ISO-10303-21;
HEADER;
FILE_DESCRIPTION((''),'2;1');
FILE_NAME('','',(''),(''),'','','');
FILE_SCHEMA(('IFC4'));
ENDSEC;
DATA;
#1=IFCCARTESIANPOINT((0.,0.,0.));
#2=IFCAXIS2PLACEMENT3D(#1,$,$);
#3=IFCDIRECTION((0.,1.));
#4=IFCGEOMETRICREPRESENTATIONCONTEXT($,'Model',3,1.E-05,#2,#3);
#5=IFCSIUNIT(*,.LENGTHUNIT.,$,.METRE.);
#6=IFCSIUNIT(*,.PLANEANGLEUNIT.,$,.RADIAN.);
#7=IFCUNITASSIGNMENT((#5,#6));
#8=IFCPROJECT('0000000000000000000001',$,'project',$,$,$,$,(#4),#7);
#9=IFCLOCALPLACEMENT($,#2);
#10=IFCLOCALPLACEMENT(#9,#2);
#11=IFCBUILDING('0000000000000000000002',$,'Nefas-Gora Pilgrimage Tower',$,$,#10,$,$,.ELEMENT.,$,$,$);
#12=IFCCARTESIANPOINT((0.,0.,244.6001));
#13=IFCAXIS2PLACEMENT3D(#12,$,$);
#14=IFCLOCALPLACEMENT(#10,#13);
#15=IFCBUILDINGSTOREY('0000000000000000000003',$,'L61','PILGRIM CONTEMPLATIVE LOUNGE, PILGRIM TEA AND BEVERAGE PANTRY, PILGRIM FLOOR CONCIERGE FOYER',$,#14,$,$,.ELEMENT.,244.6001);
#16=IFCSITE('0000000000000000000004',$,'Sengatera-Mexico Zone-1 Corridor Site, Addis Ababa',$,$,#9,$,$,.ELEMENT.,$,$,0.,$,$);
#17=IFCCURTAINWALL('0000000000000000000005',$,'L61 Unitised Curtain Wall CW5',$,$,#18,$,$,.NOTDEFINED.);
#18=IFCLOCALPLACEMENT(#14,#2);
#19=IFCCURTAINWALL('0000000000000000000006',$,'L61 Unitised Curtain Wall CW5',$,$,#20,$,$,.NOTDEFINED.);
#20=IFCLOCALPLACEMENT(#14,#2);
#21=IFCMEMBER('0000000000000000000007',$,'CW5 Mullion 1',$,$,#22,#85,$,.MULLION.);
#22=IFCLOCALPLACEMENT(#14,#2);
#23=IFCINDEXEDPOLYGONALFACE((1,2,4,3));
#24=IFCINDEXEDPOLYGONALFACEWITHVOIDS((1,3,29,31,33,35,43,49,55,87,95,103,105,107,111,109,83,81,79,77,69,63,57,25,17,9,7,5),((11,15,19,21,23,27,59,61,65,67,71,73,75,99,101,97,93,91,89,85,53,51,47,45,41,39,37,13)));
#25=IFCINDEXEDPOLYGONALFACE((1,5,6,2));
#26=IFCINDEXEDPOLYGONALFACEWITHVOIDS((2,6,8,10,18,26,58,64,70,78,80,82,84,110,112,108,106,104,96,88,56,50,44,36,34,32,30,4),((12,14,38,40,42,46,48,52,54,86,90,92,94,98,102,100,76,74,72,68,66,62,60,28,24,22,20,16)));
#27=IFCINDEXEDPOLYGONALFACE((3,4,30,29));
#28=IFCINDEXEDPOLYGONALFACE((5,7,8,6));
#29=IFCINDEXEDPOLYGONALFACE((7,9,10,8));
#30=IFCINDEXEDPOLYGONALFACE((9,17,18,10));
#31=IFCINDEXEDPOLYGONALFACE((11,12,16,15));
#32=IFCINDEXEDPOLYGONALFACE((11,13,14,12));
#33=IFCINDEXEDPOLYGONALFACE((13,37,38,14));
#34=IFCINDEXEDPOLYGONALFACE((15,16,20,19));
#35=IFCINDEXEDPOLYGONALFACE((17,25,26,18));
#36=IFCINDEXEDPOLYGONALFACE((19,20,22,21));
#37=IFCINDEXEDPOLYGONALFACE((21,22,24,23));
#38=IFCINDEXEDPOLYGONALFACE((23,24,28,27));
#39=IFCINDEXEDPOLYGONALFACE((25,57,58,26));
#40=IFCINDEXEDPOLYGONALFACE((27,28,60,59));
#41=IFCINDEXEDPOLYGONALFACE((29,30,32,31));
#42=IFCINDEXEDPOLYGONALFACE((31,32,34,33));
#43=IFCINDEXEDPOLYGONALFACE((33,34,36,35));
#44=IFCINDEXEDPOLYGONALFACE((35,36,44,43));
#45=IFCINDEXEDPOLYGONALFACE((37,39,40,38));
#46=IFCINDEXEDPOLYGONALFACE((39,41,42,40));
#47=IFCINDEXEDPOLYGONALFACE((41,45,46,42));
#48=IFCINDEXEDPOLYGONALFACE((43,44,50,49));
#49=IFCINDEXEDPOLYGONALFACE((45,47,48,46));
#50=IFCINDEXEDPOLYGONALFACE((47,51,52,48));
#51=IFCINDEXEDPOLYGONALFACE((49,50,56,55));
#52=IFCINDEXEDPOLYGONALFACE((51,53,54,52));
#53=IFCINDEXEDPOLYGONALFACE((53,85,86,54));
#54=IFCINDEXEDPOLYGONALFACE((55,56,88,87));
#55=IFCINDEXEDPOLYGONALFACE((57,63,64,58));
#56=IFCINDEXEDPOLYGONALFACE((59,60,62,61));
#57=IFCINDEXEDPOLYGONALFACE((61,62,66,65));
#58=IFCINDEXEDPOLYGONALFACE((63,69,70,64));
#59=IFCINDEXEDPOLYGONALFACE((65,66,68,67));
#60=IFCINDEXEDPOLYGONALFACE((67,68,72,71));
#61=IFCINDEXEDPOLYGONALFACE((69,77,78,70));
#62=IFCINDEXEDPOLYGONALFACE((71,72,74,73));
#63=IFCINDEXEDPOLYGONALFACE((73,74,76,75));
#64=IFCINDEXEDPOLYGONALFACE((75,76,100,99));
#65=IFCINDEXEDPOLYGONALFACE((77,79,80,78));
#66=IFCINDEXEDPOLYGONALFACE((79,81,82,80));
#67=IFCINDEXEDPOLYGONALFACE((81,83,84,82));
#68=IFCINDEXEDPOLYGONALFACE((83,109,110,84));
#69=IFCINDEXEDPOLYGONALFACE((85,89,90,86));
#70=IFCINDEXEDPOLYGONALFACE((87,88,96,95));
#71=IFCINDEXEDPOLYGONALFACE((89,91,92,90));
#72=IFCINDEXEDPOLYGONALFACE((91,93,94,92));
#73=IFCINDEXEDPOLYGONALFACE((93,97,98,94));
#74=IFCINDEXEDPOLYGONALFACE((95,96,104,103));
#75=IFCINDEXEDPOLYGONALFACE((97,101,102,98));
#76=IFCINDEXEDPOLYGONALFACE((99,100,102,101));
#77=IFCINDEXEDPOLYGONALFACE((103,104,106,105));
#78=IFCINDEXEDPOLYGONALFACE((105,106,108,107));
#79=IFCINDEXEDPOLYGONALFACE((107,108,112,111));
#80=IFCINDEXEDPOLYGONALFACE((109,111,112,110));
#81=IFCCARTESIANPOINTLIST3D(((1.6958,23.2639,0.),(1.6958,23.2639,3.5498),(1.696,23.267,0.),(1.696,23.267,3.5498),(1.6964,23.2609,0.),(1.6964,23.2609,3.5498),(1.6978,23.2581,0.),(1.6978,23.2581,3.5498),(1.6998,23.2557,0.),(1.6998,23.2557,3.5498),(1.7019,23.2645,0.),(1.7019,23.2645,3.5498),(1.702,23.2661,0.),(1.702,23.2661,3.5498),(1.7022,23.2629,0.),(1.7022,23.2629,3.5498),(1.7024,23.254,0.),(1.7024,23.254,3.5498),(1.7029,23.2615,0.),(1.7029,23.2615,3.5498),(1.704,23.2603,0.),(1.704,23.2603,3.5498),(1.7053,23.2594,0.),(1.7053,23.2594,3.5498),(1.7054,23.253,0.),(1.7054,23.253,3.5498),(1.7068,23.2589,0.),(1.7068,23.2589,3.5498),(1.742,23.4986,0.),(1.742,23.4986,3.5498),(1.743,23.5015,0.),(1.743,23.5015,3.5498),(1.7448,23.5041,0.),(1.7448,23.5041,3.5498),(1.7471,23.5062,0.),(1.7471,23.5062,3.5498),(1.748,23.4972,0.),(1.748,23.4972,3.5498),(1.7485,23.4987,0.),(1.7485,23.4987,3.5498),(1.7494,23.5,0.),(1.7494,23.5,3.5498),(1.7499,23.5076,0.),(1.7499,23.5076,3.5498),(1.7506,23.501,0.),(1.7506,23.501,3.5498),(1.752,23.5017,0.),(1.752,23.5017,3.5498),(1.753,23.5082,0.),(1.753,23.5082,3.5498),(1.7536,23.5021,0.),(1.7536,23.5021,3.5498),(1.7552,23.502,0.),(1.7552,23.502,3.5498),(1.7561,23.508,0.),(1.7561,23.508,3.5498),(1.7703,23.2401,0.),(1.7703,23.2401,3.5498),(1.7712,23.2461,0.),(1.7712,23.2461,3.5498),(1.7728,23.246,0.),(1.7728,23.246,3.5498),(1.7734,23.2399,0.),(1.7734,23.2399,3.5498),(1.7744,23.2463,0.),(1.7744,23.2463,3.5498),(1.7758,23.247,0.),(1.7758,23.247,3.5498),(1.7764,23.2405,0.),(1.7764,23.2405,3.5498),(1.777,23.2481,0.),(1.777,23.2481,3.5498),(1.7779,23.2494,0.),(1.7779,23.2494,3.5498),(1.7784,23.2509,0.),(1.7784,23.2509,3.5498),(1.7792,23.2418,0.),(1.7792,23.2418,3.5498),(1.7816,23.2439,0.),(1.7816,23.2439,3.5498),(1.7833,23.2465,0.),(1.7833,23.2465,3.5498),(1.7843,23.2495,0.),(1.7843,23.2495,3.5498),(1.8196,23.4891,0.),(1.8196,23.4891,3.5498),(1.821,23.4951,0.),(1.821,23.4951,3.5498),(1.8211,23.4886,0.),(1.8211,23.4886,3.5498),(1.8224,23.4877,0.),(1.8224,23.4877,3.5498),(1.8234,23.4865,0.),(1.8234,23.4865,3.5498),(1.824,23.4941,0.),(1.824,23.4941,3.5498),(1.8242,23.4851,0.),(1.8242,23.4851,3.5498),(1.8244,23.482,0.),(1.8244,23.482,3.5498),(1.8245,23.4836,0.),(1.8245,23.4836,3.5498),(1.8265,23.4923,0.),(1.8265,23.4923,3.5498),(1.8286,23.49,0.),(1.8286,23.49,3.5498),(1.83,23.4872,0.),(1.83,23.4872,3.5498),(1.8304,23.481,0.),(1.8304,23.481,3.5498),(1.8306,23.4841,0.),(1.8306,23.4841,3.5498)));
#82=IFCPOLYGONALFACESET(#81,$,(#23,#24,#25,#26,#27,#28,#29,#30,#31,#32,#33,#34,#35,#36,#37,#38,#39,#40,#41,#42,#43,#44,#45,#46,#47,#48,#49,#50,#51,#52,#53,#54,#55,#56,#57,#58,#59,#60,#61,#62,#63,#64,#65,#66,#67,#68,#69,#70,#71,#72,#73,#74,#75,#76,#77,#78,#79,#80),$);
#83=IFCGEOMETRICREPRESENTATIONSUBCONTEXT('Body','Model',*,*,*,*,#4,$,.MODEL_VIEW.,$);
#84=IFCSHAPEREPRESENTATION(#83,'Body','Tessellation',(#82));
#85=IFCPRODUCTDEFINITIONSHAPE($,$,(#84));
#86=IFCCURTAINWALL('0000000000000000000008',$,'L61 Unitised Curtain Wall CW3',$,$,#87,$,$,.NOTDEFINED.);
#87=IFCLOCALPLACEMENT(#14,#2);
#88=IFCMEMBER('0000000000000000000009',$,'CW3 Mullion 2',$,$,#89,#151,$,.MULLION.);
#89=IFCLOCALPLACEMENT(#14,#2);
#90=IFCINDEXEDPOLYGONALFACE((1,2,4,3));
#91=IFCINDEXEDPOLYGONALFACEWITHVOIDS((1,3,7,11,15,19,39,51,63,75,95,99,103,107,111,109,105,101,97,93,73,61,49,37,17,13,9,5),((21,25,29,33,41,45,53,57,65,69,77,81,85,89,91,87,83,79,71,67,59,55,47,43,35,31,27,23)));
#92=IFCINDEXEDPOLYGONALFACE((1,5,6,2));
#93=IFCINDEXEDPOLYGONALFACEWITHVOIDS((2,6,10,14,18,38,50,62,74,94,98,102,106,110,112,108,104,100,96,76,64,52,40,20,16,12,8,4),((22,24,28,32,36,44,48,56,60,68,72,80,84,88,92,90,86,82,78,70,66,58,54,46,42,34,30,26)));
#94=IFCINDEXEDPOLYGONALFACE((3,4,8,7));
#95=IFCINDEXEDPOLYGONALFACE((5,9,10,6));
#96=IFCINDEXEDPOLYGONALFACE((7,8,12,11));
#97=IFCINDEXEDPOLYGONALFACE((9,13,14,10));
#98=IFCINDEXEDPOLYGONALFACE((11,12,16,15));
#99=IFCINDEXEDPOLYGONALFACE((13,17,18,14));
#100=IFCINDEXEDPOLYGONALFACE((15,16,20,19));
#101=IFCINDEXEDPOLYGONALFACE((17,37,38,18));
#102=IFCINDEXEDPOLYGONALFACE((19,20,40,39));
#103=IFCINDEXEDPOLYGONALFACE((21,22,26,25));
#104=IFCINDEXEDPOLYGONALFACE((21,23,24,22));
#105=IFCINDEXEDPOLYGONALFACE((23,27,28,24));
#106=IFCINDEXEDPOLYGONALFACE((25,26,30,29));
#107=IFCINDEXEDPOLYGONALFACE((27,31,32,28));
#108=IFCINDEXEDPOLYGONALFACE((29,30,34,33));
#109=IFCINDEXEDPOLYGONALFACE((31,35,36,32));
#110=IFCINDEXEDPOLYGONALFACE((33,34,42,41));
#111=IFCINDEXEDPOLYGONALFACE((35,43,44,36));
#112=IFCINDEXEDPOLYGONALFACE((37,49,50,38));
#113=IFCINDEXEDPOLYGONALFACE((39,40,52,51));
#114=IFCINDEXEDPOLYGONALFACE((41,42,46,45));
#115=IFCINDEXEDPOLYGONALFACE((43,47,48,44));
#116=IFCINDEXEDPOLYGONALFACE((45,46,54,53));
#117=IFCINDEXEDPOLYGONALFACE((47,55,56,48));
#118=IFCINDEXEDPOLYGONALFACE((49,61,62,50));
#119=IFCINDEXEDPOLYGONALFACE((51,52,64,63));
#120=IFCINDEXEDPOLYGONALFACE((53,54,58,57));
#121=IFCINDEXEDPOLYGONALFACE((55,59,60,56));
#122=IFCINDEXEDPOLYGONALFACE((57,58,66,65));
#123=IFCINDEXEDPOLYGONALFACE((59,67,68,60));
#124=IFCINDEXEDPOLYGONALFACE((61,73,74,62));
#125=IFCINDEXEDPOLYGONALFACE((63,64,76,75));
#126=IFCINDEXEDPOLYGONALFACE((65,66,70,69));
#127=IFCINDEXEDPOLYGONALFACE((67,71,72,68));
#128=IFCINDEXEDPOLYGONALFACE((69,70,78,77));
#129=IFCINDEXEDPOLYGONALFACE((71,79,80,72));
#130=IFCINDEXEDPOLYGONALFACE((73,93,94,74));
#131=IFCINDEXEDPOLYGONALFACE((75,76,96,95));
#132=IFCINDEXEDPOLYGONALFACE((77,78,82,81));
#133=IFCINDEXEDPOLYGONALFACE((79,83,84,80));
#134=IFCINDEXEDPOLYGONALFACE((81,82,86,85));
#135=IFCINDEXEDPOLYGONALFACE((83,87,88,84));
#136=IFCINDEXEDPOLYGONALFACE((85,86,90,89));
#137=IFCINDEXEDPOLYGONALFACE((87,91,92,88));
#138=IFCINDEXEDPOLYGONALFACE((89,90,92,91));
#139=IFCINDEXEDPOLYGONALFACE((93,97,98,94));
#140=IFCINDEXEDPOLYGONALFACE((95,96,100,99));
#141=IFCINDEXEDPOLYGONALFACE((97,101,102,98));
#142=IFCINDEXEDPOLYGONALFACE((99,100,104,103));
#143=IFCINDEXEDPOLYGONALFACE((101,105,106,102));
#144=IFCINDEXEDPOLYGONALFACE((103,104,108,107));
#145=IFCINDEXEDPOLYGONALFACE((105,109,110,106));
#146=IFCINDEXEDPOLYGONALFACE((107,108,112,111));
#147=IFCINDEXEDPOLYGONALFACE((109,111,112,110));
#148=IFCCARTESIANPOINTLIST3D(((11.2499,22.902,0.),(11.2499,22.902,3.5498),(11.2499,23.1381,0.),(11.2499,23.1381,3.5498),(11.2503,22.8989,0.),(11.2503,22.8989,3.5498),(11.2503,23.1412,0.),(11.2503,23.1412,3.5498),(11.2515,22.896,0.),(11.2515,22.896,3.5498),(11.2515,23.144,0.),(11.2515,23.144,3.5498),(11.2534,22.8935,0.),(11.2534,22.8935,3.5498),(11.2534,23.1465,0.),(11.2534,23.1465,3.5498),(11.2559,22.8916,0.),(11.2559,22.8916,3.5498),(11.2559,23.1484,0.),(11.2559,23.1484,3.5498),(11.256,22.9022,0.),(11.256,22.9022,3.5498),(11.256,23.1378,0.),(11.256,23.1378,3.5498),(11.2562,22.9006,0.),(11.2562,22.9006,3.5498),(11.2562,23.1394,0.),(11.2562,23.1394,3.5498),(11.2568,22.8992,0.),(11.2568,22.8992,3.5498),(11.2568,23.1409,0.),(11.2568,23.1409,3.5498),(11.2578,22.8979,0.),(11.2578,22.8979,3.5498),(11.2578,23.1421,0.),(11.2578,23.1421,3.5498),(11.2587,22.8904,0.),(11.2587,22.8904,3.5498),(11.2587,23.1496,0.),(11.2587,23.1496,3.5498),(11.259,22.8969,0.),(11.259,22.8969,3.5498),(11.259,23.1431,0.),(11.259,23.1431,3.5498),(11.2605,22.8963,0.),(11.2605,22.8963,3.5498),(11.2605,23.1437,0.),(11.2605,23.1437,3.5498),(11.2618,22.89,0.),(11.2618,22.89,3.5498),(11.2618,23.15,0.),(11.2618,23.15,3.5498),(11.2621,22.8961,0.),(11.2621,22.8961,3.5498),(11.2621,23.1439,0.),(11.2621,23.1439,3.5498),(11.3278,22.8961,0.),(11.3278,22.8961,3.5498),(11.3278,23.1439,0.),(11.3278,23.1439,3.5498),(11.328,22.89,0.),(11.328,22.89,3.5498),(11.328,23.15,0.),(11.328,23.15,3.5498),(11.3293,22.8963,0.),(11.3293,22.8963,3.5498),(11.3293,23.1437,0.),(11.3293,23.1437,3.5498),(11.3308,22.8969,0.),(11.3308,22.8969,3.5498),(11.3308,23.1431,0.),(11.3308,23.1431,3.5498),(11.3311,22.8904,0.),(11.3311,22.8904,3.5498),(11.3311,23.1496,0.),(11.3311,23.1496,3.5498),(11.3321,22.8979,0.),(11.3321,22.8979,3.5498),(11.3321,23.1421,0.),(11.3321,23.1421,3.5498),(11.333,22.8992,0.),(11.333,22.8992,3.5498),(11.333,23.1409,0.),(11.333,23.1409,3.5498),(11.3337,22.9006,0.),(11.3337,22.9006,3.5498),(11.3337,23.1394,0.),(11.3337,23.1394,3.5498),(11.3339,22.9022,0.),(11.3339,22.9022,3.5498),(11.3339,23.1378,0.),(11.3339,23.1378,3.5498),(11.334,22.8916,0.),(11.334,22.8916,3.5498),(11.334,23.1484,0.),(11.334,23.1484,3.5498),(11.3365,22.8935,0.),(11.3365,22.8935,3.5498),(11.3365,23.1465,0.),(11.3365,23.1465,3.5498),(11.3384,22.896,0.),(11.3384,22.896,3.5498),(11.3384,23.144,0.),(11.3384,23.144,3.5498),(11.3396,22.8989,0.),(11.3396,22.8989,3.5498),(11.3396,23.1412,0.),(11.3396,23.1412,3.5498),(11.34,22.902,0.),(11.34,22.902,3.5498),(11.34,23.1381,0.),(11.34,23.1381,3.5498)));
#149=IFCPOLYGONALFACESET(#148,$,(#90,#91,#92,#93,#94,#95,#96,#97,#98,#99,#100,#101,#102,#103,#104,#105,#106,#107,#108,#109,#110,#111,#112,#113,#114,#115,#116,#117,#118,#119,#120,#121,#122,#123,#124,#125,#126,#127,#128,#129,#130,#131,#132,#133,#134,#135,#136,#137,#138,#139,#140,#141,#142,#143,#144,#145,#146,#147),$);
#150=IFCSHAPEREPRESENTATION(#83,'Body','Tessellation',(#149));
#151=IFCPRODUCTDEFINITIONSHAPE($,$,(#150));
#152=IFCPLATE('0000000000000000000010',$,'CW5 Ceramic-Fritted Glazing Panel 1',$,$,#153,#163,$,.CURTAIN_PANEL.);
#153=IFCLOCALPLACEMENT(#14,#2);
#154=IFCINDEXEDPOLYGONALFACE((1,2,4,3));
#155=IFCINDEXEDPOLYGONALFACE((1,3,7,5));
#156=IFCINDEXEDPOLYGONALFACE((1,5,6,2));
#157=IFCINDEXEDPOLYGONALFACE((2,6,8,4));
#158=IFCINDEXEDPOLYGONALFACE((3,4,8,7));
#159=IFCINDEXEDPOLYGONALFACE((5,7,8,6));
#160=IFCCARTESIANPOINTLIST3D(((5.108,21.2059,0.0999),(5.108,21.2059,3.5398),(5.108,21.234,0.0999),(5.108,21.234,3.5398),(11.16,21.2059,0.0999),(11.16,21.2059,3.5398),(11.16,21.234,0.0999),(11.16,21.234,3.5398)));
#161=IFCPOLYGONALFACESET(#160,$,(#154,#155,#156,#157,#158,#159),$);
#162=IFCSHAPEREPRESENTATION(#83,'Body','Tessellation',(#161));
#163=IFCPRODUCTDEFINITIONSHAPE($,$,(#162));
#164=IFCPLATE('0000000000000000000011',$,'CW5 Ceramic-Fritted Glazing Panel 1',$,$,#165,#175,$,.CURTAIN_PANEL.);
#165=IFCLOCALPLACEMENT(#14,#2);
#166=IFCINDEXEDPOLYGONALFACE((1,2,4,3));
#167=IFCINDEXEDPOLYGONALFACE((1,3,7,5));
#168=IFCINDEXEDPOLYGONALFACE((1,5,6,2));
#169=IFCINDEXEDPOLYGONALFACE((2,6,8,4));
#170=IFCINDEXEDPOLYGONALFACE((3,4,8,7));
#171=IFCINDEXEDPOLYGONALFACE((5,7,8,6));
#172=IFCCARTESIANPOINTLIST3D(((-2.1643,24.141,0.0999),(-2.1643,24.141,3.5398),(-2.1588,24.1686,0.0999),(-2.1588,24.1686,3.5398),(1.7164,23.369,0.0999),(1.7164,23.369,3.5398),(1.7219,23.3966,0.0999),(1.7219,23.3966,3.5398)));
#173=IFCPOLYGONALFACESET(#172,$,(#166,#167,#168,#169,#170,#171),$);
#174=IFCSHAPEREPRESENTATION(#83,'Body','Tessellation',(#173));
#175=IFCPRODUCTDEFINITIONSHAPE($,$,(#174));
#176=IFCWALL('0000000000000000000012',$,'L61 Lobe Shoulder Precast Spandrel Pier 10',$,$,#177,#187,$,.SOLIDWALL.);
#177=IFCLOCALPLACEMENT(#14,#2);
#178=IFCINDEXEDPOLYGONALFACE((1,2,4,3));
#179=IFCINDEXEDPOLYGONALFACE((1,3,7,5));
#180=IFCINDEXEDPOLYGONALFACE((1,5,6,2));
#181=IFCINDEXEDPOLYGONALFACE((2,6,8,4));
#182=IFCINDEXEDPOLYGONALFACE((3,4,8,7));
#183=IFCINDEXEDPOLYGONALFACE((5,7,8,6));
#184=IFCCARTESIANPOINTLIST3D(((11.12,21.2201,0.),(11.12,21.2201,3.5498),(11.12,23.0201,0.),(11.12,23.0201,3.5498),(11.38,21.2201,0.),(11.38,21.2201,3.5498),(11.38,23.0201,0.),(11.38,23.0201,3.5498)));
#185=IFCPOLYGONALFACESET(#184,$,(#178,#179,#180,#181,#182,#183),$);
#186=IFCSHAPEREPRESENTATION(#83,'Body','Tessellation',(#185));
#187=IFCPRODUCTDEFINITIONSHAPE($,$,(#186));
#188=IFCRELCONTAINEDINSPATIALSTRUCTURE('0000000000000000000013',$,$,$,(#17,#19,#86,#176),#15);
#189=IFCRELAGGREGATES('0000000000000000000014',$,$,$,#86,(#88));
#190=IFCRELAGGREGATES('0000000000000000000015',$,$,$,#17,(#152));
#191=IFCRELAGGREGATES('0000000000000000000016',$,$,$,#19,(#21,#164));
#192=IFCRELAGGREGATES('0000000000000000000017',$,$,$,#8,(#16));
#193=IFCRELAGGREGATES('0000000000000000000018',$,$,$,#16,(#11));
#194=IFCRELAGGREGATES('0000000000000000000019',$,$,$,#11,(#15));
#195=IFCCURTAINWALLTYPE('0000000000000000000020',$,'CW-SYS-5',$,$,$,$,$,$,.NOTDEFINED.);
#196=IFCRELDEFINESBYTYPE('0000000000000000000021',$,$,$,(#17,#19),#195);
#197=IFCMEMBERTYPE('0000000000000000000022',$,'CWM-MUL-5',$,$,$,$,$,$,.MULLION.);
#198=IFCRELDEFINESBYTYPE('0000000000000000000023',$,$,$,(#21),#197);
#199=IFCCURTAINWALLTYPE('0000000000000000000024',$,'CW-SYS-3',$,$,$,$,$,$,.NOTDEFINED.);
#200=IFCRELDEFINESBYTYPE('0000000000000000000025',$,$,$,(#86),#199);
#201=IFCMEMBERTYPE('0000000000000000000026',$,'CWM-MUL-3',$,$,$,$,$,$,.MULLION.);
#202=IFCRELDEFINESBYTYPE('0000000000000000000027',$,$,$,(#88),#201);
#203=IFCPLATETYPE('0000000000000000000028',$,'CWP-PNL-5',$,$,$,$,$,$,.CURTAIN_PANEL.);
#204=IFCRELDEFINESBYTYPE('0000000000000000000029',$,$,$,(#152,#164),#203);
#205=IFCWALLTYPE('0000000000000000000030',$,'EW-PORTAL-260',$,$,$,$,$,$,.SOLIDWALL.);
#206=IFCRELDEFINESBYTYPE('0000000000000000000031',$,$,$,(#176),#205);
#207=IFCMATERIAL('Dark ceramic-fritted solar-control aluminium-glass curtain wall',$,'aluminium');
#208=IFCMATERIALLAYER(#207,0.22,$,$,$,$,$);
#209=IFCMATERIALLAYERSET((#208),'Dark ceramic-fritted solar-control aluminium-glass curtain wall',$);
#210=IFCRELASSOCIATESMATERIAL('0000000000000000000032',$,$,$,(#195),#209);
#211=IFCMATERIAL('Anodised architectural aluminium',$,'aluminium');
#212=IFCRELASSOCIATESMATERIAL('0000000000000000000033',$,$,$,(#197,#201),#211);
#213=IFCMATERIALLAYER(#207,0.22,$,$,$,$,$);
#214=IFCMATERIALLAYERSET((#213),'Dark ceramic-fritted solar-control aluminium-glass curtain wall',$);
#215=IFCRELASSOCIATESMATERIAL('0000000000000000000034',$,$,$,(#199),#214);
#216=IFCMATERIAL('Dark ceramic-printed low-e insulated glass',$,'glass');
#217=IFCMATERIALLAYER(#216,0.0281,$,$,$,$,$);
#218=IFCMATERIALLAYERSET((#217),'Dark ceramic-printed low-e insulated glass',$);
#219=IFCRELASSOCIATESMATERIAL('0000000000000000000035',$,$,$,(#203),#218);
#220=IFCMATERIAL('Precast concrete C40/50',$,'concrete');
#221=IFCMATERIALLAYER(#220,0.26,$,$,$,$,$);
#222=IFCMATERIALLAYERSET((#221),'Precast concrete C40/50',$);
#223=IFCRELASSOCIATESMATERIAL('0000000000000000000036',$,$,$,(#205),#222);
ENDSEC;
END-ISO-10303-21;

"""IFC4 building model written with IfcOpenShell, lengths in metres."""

from ifc_helpers import new_model, si_unit, direction, frame, frame_2d, origin, origin_2d, place, context, subcontext, project, spatial, rectangle, hollow_rectangle, extrude, source, transform, mapped, material, layer, layer_set, material_profile, profile_set, type_object, element, aggregate, save


model = new_model("IFC4")

# Units and contexts
model_context = context("Model", 3, precision=1e-05, world=origin(), true_north=direction((0.0, 1.0)))
body_context = subcontext(model_context, "Body", "Model", "MODEL_VIEW")
ifc_project = project(units=[si_unit("LENGTHUNIT", "METRE"), si_unit("PLANEANGLEUNIT", "RADIAN")], contexts=[model_context])

# Site, building, storey
site_placement = place(None, origin())
site = spatial("IfcSite", under=ifc_project, at=site_placement, Name="Sengatera-Mexico Zone-1 Corridor Site, Addis Ababa", CompositionType="ELEMENT", RefElevation=0.0)
building_placement = place(site_placement, origin())
building = spatial("IfcBuilding", under=site, at=building_placement, Name="Nefas-Gora Pilgrimage Tower", CompositionType="ELEMENT")
storey_placement = place(building_placement, frame((0.0, 0.0, 244.6001)))
storey = spatial("IfcBuildingStorey", under=building, at=storey_placement, Name="L61", Description="PILGRIM CONTEMPLATIVE LOUNGE, PILGRIM TEA AND BEVERAGE PANTRY, PILGRIM FLOOR CONCIERGE FOYER", CompositionType="ELEMENT", Elevation=244.6001)

# Curtain walls
ifc_material_1 = material(Name="Dark ceramic-fritted solar-control aluminium-glass curtain wall", Category="aluminium")
ifc_layer_1 = layer(ifc_material_1, 0.22)
ifc_layer_set_1 = layer_set([ifc_layer_1], Name="Dark ceramic-fritted solar-control aluminium-glass curtain wall")
curtain_wall_type_1 = type_object("IfcCurtainWallType", Name="CW-SYS-5", PredefinedType="NOTDEFINED", material=ifc_layer_set_1)
curtain_wall_1_placement = place(storey_placement, origin())
curtain_wall_1 = element("IfcCurtainWall", 1, at=curtain_wall_1_placement, inside=storey, type_object=curtain_wall_type_1, Name="L61 Unitised Curtain Wall CW5", PredefinedType="NOTDEFINED")
ifc_material_2 = material(Name="Anodised architectural aluminium", Category="aluminium")
curtain_wall_2_placement = place(storey_placement, origin())
curtain_wall_2 = element("IfcCurtainWall", 2, at=curtain_wall_2_placement, inside=storey, type_object=curtain_wall_type_1, Name="L61 Unitised Curtain Wall CW5", PredefinedType="NOTDEFINED")

# Member
ifc_material_profile_1 = material_profile(ifc_material_2, hollow_rectangle(XDim=0.0901, YDim=0.26, WallThickness=0.0061, InnerFilletRadius=0.0061, OuterFilletRadius=0.012, at=origin_2d()), Name="ALU MULLION 90x260")
ifc_profile_set_1 = profile_set([ifc_material_profile_1], Name="Anodised architectural aluminium")
member_type_1 = type_object("IfcMemberType", Name="CWM-MUL-5", PredefinedType="MULLION", material=ifc_profile_set_1)
shared_shape_1 = source(origin(), body_context, "Body", "SweptSolid", [
    extrude(hollow_rectangle(XDim=0.0901, YDim=0.26, WallThickness=0.0061, InnerFilletRadius=0.0061, OuterFilletRadius=0.012, at=origin_2d()), origin(), (0.0, 0.0, 1.0), 3.5498),
])
member_1_placement = place(storey_placement, frame((1.7632, 23.374, 0.0), z_axis=(0.0, 0.0, 1.0), x_axis=(-0.980783, 0.195102, 0.0)))
member_1 = element("IfcMember", 3, at=member_1_placement, type_object=member_type_1, Name="CW5 Mullion 1", PredefinedType="MULLION", context=body_context, shape_type="MappedRepresentation", body=[
    mapped(shared_shape_1, transform((0.0, 0.0, 0.0), x_axis=(1.0, 0.0, 0.0), y_axis=(0.0, 1.0, 0.0), z_axis=(0.0, 0.0, 1.0), scale=1.0)),
])

# Curtain wall, member
ifc_layer_2 = layer(ifc_material_1, 0.22)
ifc_layer_set_2 = layer_set([ifc_layer_2], Name="Dark ceramic-fritted solar-control aluminium-glass curtain wall")
curtain_wall_type_2 = type_object("IfcCurtainWallType", Name="CW-SYS-3", PredefinedType="NOTDEFINED", material=ifc_layer_set_2)
curtain_wall_3_placement = place(storey_placement, origin())
curtain_wall_3 = element("IfcCurtainWall", 4, at=curtain_wall_3_placement, inside=storey, type_object=curtain_wall_type_2, Name="L61 Unitised Curtain Wall CW3", PredefinedType="NOTDEFINED")
ifc_material_profile_2 = material_profile(ifc_material_2, hollow_rectangle(XDim=0.0901, YDim=0.26, WallThickness=0.0061, InnerFilletRadius=0.0061, OuterFilletRadius=0.012, at=origin_2d()), Name="ALU MULLION 90x260")
ifc_profile_set_2 = profile_set([ifc_material_profile_2], Name="Anodised architectural aluminium")
member_type_2 = type_object("IfcMemberType", Name="CWM-MUL-3", PredefinedType="MULLION", material=ifc_profile_set_2)
shared_shape_2 = source(origin(), body_context, "Body", "SweptSolid", [
    extrude(hollow_rectangle(XDim=0.0901, YDim=0.26, WallThickness=0.0061, InnerFilletRadius=0.0061, OuterFilletRadius=0.012, at=origin_2d()), origin(), (0.0, 0.0, 1.0), 3.5498),
])
member_2_placement = place(storey_placement, frame((11.2949, 23.02, 0.0), z_axis=(0.0, 0.0, 1.0), x_axis=(-1.0, 0.0, 0.0)))
member_2 = element("IfcMember", 5, at=member_2_placement, type_object=member_type_2, Name="CW3 Mullion 2", PredefinedType="MULLION", context=body_context, shape_type="MappedRepresentation", body=[
    mapped(shared_shape_2, transform((0.0, 0.0, 0.0), x_axis=(1.0, 0.0, 0.0), y_axis=(0.0, 1.0, 0.0), z_axis=(0.0, 0.0, 1.0), scale=1.0)),
])
aggregate(curtain_wall_3, [member_2])

# Plates
ifc_material_3 = material(Name="Dark ceramic-printed low-e insulated glass", Category="glass")
ifc_layer_3 = layer(ifc_material_3, 0.0281)
ifc_layer_set_3 = layer_set([ifc_layer_3], Name="Dark ceramic-printed low-e insulated glass")
plate_type = type_object("IfcPlateType", Name="CWP-PNL-5", PredefinedType="CURTAIN_PANEL", material=ifc_layer_set_3)
shared_shape_3 = source(origin(), body_context, "Body", "SweptSolid", [
    extrude(rectangle(XDim=6.052, YDim=0.0281, at=origin_2d()), origin(), (0.0, 0.0, 1.0), 3.4399),
])
plate_1_placement = place(storey_placement, frame((8.134, 21.22, 0.0999), z_axis=(0.0, 0.0, 1.0), x_axis=(-1.0, 0.0, 0.0)))
plate_1 = element("IfcPlate", 6, at=plate_1_placement, type_object=plate_type, Name="CW5 Ceramic-Fritted Glazing Panel 1", PredefinedType="CURTAIN_PANEL", context=body_context, shape_type="MappedRepresentation", body=[
    mapped(shared_shape_3, transform((0.0, 0.0, 0.0), x_axis=(1.0, 0.0, 0.0), y_axis=(0.0, 1.0, 0.0), z_axis=(0.0, 0.0, 1.0), scale=1.0)),
])
aggregate(curtain_wall_1, [plate_1])
shared_shape_4 = source(origin(), body_context, "Body", "SweptSolid", [
    extrude(rectangle(XDim=3.9568, YDim=0.0281, at=origin_2d()), origin(), (0.0, 0.0, 1.0), 3.4399),
])
plate_2_placement = place(storey_placement, frame((-0.2212, 23.7688, 0.0999), z_axis=(0.0, 0.0, 1.0), x_axis=(-0.980783, 0.195102, 0.0)))
plate_2 = element("IfcPlate", 7, at=plate_2_placement, type_object=plate_type, Name="CW5 Ceramic-Fritted Glazing Panel 1", PredefinedType="CURTAIN_PANEL", context=body_context, shape_type="MappedRepresentation", body=[
    mapped(shared_shape_4, transform((0.0, 0.0, 0.0), x_axis=(1.0, 0.0, 0.0), y_axis=(0.0, 1.0, 0.0), z_axis=(0.0, 0.0, 1.0), scale=1.0)),
])
aggregate(curtain_wall_2, [member_1, plate_2])

# Wall
ifc_material_4 = material(Name="Precast concrete C40/50", Category="concrete")
ifc_layer_4 = layer(ifc_material_4, 0.26)
ifc_layer_set_4 = layer_set([ifc_layer_4], Name="Precast concrete C40/50")
wall_type_1 = type_object("IfcWallType", Name="EW-PORTAL-260", PredefinedType="SOLIDWALL", material=ifc_layer_set_4)
shared_shape_5 = source(origin(), body_context, "Body", "SweptSolid", [
    extrude(rectangle(XDim=1.8, YDim=0.26, at=frame_2d((0.8999, 0.0))), origin(), (0.0, 0.0, 1.0), 3.5498),
])
wall_1_placement = place(storey_placement, frame((11.25, 23.02, 0.0), z_axis=(0.0, 0.0, 1.0), x_axis=(0.0, -1.0, 0.0)))
element("IfcWall", 8, at=wall_1_placement, inside=storey, type_object=wall_type_1, Name="L61 Lobe Shoulder Precast Spandrel Pier 10", PredefinedType="SOLIDWALL", context=body_context, shape_type="MappedRepresentation", body=[
    mapped(shared_shape_5, transform((0.0, 0.0, 0.0), x_axis=(1.0, 0.0, 0.0), y_axis=(0.0, 1.0, 0.0), z_axis=(0.0, 0.0, 1.0), scale=1.0)),
])

save(model, "model.ifc")
